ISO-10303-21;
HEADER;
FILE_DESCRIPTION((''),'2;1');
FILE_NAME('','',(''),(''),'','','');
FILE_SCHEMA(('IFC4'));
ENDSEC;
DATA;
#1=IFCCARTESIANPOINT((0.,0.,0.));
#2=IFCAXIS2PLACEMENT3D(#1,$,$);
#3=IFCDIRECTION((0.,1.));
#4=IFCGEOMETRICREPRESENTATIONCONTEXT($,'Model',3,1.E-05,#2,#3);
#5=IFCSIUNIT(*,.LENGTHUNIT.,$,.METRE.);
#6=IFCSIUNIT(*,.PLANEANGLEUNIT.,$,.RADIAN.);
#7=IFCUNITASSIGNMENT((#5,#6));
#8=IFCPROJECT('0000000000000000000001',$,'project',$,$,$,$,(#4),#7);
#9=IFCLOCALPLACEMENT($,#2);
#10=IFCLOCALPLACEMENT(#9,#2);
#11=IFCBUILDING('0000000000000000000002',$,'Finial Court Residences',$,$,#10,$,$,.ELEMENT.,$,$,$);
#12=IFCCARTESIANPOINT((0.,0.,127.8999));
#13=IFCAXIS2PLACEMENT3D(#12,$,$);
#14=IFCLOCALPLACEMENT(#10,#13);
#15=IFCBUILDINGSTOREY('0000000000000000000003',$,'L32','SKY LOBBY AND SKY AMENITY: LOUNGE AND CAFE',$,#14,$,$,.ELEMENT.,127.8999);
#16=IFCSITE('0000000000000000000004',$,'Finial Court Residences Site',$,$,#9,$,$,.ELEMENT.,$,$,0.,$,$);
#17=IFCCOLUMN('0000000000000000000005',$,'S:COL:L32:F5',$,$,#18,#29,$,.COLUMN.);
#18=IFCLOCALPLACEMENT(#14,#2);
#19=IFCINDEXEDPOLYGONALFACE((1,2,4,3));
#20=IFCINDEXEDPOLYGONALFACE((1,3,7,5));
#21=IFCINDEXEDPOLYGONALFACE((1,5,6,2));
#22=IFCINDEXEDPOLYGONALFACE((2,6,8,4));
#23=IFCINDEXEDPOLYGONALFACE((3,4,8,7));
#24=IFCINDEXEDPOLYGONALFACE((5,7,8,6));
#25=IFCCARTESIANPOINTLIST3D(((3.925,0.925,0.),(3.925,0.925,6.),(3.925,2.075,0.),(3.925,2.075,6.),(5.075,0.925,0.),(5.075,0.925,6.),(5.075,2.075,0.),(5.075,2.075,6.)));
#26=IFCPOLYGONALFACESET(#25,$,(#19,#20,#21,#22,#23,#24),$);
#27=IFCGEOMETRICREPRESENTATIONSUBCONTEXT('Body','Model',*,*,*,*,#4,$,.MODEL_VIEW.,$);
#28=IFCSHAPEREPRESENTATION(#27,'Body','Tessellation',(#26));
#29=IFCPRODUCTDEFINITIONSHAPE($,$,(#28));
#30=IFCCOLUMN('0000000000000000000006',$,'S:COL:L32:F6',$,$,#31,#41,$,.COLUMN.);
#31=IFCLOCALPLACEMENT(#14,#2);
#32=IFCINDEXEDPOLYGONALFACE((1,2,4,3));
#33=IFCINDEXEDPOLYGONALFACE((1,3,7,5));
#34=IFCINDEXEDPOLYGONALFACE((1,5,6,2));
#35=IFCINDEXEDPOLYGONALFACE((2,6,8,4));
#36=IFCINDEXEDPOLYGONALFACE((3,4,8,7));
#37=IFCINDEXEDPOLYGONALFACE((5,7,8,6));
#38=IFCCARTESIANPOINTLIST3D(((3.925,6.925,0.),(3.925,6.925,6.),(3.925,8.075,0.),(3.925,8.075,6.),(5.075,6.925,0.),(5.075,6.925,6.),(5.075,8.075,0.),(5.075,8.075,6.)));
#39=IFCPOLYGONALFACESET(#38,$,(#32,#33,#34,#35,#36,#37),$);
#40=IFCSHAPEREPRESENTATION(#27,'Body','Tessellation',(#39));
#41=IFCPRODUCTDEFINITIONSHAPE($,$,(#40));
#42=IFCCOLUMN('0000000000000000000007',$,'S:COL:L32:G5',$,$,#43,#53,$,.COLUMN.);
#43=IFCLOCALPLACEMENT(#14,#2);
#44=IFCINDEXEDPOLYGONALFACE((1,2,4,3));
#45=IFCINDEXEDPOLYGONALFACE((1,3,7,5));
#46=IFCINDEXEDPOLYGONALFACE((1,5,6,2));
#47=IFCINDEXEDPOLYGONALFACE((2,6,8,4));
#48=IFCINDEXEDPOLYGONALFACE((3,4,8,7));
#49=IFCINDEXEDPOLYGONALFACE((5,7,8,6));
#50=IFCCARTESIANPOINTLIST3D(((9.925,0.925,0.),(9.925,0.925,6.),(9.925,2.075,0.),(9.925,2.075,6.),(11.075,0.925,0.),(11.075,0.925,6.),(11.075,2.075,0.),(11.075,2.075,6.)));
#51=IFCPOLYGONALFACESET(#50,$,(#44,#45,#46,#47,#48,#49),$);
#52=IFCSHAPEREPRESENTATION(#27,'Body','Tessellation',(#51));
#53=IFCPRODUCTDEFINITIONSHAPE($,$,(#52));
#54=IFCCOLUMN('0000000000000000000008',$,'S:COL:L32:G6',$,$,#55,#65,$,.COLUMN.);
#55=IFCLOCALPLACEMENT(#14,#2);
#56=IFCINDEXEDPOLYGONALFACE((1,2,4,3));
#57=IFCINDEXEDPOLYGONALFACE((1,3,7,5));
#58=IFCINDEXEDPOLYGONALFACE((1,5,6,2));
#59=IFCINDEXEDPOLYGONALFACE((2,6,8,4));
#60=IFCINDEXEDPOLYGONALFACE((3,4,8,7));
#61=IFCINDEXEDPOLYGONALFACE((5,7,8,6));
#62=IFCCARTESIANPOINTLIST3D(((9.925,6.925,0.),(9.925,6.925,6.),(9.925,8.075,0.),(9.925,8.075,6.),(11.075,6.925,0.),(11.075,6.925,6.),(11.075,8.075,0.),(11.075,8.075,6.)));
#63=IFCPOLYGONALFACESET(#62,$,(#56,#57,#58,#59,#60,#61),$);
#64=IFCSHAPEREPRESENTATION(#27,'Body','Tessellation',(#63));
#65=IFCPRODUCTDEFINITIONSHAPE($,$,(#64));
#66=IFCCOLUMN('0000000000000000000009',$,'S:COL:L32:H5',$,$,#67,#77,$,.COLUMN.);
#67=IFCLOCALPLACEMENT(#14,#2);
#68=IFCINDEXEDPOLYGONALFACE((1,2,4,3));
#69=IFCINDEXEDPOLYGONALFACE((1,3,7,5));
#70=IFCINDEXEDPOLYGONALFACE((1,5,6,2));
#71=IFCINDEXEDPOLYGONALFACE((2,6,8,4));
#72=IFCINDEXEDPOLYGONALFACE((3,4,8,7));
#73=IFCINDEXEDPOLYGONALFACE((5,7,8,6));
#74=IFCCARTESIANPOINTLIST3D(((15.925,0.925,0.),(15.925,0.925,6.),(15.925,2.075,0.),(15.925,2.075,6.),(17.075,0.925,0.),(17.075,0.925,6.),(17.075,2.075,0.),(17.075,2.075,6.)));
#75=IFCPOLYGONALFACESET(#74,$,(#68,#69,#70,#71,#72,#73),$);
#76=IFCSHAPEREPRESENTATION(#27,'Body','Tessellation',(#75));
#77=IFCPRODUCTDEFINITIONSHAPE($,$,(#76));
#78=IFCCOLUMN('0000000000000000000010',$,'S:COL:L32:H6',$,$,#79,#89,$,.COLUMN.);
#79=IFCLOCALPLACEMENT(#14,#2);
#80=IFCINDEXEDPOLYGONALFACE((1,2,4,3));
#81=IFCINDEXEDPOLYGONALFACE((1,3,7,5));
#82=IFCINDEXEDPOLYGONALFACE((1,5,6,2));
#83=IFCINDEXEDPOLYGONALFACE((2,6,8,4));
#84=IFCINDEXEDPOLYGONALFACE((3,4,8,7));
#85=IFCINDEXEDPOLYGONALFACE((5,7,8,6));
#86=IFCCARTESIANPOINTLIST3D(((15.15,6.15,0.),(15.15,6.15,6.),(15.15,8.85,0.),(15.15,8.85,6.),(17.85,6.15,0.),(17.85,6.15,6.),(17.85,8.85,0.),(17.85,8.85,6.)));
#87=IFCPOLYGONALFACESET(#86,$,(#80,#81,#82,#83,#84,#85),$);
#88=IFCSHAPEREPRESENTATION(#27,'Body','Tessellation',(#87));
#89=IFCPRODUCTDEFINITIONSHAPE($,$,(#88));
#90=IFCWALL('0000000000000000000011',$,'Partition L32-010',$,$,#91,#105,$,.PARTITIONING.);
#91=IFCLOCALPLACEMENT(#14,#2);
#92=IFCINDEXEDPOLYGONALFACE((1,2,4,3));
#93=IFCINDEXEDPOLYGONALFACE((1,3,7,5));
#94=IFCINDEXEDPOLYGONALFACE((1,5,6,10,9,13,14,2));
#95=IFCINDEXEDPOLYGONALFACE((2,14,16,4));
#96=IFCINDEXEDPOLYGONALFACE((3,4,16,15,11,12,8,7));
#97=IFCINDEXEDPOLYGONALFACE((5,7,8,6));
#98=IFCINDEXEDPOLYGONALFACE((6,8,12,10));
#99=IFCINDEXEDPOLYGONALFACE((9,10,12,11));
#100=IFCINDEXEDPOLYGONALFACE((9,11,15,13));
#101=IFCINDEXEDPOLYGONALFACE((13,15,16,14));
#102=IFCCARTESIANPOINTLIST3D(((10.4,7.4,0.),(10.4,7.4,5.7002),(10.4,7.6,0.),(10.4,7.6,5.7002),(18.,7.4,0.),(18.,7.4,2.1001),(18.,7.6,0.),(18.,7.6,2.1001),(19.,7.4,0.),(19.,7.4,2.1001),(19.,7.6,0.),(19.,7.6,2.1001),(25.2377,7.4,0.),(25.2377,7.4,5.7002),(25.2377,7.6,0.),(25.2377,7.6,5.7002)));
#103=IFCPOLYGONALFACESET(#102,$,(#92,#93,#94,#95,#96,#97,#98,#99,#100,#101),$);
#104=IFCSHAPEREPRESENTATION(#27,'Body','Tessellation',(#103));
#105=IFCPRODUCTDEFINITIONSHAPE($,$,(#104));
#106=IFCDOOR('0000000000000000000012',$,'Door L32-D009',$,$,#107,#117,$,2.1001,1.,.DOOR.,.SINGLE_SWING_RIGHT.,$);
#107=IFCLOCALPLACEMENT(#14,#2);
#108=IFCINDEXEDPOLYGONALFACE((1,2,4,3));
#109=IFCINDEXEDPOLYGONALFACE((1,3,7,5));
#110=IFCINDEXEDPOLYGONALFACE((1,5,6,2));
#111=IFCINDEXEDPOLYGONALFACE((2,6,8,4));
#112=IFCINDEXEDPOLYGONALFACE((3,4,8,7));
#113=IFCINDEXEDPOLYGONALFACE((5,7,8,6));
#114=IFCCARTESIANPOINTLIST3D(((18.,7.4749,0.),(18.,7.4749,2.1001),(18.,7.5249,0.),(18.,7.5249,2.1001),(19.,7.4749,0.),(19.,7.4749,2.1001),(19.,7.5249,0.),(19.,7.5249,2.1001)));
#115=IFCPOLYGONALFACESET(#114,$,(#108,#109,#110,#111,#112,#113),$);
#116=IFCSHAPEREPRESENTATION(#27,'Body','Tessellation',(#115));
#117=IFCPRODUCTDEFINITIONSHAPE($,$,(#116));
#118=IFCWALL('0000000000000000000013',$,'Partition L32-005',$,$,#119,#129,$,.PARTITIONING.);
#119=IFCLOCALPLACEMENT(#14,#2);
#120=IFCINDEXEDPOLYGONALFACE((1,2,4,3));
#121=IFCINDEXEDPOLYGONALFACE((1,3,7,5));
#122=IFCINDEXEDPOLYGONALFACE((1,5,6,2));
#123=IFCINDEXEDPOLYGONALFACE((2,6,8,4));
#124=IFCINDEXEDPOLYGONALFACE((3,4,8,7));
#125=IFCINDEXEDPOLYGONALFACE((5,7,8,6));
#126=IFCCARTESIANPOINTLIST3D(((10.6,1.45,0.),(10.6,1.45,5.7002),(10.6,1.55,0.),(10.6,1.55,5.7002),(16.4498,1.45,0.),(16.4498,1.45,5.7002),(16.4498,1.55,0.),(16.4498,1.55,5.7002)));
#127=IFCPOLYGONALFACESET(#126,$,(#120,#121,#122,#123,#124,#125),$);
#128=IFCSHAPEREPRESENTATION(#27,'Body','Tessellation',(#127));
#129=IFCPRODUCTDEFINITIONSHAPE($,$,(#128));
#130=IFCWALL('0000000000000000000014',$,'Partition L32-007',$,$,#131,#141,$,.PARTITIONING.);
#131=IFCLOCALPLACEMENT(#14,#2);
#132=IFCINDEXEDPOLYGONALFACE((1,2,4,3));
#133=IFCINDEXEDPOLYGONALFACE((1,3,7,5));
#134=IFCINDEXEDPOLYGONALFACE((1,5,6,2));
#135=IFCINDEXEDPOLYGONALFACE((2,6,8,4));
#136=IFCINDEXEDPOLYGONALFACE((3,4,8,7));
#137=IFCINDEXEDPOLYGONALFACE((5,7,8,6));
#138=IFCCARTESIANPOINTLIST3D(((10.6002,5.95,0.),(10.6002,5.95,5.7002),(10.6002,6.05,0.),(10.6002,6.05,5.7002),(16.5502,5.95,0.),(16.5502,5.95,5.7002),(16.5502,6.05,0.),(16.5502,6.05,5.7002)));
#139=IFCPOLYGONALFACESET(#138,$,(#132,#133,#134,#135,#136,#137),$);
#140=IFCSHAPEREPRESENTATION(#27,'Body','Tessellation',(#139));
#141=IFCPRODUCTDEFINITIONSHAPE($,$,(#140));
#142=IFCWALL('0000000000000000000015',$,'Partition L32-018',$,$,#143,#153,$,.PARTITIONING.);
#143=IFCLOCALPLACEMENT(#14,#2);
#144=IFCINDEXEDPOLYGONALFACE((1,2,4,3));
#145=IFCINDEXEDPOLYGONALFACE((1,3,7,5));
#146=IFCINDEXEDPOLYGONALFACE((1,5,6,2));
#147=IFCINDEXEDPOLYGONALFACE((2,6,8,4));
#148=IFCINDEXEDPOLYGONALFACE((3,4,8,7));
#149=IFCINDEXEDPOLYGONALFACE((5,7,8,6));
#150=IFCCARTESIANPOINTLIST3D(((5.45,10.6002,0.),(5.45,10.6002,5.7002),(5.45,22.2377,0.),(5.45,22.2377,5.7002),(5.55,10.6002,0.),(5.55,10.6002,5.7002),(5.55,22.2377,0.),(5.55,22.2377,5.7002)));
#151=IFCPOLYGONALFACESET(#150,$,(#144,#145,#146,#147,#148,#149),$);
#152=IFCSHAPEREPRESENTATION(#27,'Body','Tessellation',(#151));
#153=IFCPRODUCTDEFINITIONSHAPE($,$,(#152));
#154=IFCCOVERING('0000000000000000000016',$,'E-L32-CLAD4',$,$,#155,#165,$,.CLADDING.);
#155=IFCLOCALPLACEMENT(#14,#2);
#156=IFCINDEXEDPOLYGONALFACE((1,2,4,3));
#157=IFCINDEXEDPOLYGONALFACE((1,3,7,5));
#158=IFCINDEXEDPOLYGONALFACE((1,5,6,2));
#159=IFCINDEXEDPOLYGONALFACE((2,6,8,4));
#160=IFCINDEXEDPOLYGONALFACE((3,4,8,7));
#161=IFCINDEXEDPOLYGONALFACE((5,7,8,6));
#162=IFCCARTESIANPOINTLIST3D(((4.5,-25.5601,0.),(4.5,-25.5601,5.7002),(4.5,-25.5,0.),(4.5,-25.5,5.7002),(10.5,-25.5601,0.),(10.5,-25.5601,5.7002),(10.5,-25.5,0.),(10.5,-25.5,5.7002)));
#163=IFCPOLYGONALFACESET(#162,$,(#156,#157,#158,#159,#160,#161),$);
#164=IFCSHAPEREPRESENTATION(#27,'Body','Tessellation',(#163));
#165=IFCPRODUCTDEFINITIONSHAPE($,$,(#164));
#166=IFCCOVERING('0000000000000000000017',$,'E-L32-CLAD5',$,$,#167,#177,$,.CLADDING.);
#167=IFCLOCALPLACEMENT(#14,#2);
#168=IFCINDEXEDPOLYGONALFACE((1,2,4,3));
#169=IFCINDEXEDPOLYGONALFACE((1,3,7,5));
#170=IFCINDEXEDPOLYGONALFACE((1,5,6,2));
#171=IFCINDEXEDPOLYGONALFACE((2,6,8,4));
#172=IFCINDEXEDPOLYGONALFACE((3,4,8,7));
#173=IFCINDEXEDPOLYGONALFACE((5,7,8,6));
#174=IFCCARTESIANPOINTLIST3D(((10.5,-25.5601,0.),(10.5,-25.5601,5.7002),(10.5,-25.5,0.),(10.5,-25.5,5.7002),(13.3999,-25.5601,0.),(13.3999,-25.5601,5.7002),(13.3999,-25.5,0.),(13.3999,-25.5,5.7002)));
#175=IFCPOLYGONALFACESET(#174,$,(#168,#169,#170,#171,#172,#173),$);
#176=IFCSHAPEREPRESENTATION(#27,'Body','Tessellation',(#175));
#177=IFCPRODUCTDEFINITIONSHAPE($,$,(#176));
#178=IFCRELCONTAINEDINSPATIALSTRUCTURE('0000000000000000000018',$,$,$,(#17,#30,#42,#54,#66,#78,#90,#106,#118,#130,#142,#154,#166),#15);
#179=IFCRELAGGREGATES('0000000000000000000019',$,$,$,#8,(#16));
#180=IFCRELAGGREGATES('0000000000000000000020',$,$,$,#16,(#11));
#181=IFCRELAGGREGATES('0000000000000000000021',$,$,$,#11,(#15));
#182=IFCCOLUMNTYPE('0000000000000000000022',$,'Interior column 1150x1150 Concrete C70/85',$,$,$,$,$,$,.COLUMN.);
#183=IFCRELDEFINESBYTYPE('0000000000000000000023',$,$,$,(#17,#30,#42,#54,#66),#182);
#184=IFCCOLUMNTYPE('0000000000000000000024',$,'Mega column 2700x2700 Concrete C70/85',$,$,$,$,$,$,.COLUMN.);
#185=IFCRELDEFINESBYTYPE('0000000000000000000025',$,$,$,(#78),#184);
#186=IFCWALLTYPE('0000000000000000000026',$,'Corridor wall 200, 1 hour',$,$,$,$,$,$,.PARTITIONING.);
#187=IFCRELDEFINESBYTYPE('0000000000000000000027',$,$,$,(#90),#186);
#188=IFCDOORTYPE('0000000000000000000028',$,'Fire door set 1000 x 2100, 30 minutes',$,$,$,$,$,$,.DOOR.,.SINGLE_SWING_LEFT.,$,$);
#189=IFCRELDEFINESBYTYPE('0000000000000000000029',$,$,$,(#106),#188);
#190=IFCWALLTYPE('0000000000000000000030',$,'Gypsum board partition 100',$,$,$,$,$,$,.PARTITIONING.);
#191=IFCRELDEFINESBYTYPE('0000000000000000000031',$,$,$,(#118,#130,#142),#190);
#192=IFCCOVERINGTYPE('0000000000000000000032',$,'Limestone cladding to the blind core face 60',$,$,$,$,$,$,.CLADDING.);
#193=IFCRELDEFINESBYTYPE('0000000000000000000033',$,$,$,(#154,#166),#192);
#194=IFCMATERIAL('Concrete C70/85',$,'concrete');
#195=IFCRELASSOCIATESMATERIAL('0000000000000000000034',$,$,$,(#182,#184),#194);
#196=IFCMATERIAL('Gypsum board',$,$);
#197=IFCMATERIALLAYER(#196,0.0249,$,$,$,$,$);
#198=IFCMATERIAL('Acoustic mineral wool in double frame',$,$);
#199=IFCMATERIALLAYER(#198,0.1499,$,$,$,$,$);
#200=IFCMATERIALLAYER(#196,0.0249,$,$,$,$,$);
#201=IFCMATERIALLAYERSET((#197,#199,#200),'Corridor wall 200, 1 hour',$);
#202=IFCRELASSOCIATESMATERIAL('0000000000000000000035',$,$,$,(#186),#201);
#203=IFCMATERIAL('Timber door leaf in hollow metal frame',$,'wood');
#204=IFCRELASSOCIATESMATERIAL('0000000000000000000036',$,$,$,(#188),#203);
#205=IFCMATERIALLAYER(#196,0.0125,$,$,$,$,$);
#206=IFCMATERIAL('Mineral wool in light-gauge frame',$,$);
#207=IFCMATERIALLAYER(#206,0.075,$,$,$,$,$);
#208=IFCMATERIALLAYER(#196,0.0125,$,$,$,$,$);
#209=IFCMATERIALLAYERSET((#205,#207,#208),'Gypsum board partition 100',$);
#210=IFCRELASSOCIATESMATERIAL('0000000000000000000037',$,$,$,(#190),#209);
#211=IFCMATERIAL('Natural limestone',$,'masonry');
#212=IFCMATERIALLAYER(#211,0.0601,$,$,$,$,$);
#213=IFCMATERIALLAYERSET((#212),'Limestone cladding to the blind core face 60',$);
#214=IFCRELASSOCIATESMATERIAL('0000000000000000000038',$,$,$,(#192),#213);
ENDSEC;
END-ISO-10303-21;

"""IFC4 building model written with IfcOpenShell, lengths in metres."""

from ifc_helpers import new_model, si_unit, direction, frame, frame_2d, origin, origin_2d, place, context, subcontext, project, spatial, polyline, rectangle, outline, extrude, material, layer, layer_set, material_profile, profile_set, type_object, element, fill, save


model = new_model("IFC4")

# Units and contexts
model_context = context("Model", 3, precision=1e-05, world=origin(), true_north=direction((0.0, 1.0)))
body_context = subcontext(model_context, "Body", "Model", "MODEL_VIEW")
ifc_project = project(units=[si_unit("LENGTHUNIT", "METRE"), si_unit("PLANEANGLEUNIT", "RADIAN")], contexts=[model_context])

# Site, building, storey
site_placement = place(None, origin())
site = spatial("IfcSite", under=ifc_project, at=site_placement, Name="Finial Court Residences Site", CompositionType="ELEMENT", RefElevation=0.0)
building_placement = place(site_placement, origin())
building = spatial("IfcBuilding", under=site, at=building_placement, Name="Finial Court Residences", CompositionType="ELEMENT")
storey_placement = place(building_placement, frame((0.0, 0.0, 127.8999)))
storey = spatial("IfcBuildingStorey", under=building, at=storey_placement, Name="L32", Description="SKY LOBBY AND SKY AMENITY: LOUNGE AND CAFE", CompositionType="ELEMENT", Elevation=127.8999)

# Columns
ifc_material_1 = material(Name="Concrete C70/85", Category="concrete")
ifc_material_profile_1 = material_profile(ifc_material_1, rectangle(XDim=1.1499, YDim=1.1499, at=origin_2d()), Name="1150x1150")
ifc_profile_set_1 = profile_set([ifc_material_profile_1], Name="Concrete C70/85")
column_type_1 = type_object("IfcColumnType", Name="Interior column 1150x1150 Concrete C70/85", PredefinedType="COLUMN", material=ifc_profile_set_1)
for number, where, z_axis, x_axis, name in (
    (1, (4.5, 1.5, 0.0), (0.0, 0.0, 1.0), (1.0, 0.0, 0.0), "S:COL:L32:F5"),
    (2, (4.5, 7.5, 0.0), (0.0, 0.0, 1.0), (1.0, 0.0, 0.0), "S:COL:L32:F6"),
    (3, (10.5, 1.5, 0.0), (0.0, 0.0, 1.0), (1.0, 0.0, 0.0), "S:COL:L32:G5"),
    (4, (10.5, 7.5, 0.0), (0.0, 0.0, 1.0), (1.0, 0.0, 0.0), "S:COL:L32:G6"),
    (5, (16.5, 1.5, 0.0), (0.0, 0.0, 1.0), (1.0, 0.0, 0.0), "S:COL:L32:H5"),
):
    element("IfcColumn", number, at=place(storey_placement, frame(where, z_axis=z_axis, x_axis=x_axis)), inside=storey, type_object=column_type_1, Name=name, PredefinedType="COLUMN", context=body_context, shape_type="SweptSolid", body=[
        extrude(rectangle(XDim=1.1499, YDim=1.1499, at=origin_2d()), origin(), (0.0, 0.0, 1.0), 6.0),
    ])
ifc_material_profile_2 = material_profile(ifc_material_1, rectangle(XDim=2.7, YDim=2.7, at=origin_2d()), Name="2700x2700")
ifc_profile_set_2 = profile_set([ifc_material_profile_2], Name="Concrete C70/85")
column_type_2 = type_object("IfcColumnType", Name="Mega column 2700x2700 Concrete C70/85", PredefinedType="COLUMN", material=ifc_profile_set_2)
column_placement = place(storey_placement, frame((16.5, 7.5, 0.0), z_axis=(0.0, 0.0, 1.0), x_axis=(1.0, 0.0, 0.0)))
element("IfcColumn", 6, at=column_placement, inside=storey, type_object=column_type_2, Name="S:COL:L32:H6", PredefinedType="COLUMN", context=body_context, shape_type="SweptSolid", body=[
    extrude(rectangle(XDim=2.7, YDim=2.7, at=origin_2d()), origin(), (0.0, 0.0, 1.0), 6.0),
])

# Wall, opening, door
ifc_material_2 = material(Name="Gypsum board")
ifc_layer_1 = layer(ifc_material_2, 0.0249)
ifc_material_3 = material(Name="Acoustic mineral wool in double frame")
ifc_layer_2 = layer(ifc_material_3, 0.1499)
ifc_layer_3 = layer(ifc_material_2, 0.0249)
ifc_layer_set_1 = layer_set([ifc_layer_1, ifc_layer_2, ifc_layer_3], Name="Corridor wall 200, 1 hour")
wall_type_1 = type_object("IfcWallType", Name="Corridor wall 200, 1 hour", PredefinedType="PARTITIONING", material=ifc_layer_set_1)
wall_1_placement = place(storey_placement, frame((10.3999, 7.5, 0.0), z_axis=(0.0, 0.0, 1.0), x_axis=(1.0, 0.0, 0.0)))
wall_1 = element("IfcWall", 7, at=wall_1_placement, inside=storey, type_object=wall_type_1, Name="Partition L32-010", PredefinedType="PARTITIONING", context=body_context, shape_type="SweptSolid", body=[
    extrude(rectangle(XDim=14.8376, YDim=0.2, at=frame_2d((7.4189, 0.0))), origin(), (0.0, 0.0, 1.0), 5.7002),
])
opening_placement = place(wall_1_placement, frame((7.6001, 0.0, 0.0)))
opening = element("IfcOpeningElement", 8, at=opening_placement, cuts=wall_1, PredefinedType="OPENING", context=body_context, shape_type="SweptSolid", body=[
    extrude(rectangle(XDim=1.0, YDim=2.1001, at=frame_2d((0.5, 1.05))), frame((0.0, 0.1099, 0.0), z_axis=(0.0, -1.0, 0.0), x_axis=(1.0, 0.0, 0.0)), (0.0, 0.0, 1.0), 0.22),
])
ifc_material_4 = material(Name="Timber door leaf in hollow metal frame", Category="wood")
door_type = type_object("IfcDoorType", Name="Fire door set 1000 x 2100, 30 minutes", OperationType="SINGLE_SWING_LEFT", PredefinedType="DOOR", material=ifc_material_4)
door_placement = place(opening_placement, origin())
door = element("IfcDoor", 9, at=door_placement, inside=storey, type_object=door_type, Name="Door L32-D009", OperationType="SINGLE_SWING_RIGHT", OverallHeight=2.1001, OverallWidth=1.0, PredefinedType="DOOR", context=body_context, shape_type="SweptSolid", body=[
    extrude(rectangle(XDim=1.0, YDim=2.1001, at=frame_2d((0.5, 1.05))), frame((0.0, 0.0249, 0.0), z_axis=(0.0, -1.0, 0.0), x_axis=(1.0, 0.0, 0.0)), (0.0, 0.0, 1.0), 0.05),
])
fill(opening, door)

# Walls
ifc_layer_4 = layer(ifc_material_2, 0.0125)
ifc_material_5 = material(Name="Mineral wool in light-gauge frame")
ifc_layer_5 = layer(ifc_material_5, 0.075)
ifc_layer_6 = layer(ifc_material_2, 0.0125)
ifc_layer_set_2 = layer_set([ifc_layer_4, ifc_layer_5, ifc_layer_6], Name="Gypsum board partition 100")
wall_type_2 = type_object("IfcWallType", Name="Gypsum board partition 100", PredefinedType="PARTITIONING", material=ifc_layer_set_2)
wall_2_placement = place(storey_placement, frame((10.6001, 1.5, 0.0), z_axis=(0.0, 0.0, 1.0), x_axis=(1.0, 0.0, 0.0)))
element("IfcWall", 10, at=wall_2_placement, inside=storey, type_object=wall_type_2, Name="Partition L32-005", PredefinedType="PARTITIONING", context=body_context, shape_type="SweptSolid", body=[
    extrude(rectangle(XDim=5.8499, YDim=0.1001, at=frame_2d((2.9248, 0.0))), origin(), (0.0, 0.0, 1.0), 5.7002),
])
wall_3_placement = place(storey_placement, frame((10.6001, 6.0, 0.0), z_axis=(0.0, 0.0, 1.0), x_axis=(1.0, 0.0, 0.0)))
element("IfcWall", 11, at=wall_3_placement, inside=storey, type_object=wall_type_2, Name="Partition L32-007", PredefinedType="PARTITIONING", context=body_context, shape_type="SweptSolid", body=[
    extrude(rectangle(XDim=5.95, YDim=0.1001, at=frame_2d((2.9751, 0.0))), origin(), (0.0, 0.0, 1.0), 5.7002),
])
wall_4_placement = place(storey_placement, frame((5.5, 10.6001, 0.0), z_axis=(0.0, 0.0, 1.0), x_axis=(0.0, 1.0, 0.0)))
element("IfcWall", 12, at=wall_4_placement, inside=storey, type_object=wall_type_2, Name="Partition L32-018", PredefinedType="PARTITIONING", context=body_context, shape_type="SweptSolid", body=[
    extrude(rectangle(XDim=11.6375, YDim=0.1001, at=frame_2d((5.8188, 0.0))), origin(), (0.0, 0.0, 1.0), 5.7002),
])

# Coverings
ifc_material_6 = material(Name="Natural limestone", Category="masonry")
ifc_layer_7 = layer(ifc_material_6, 0.0601)
ifc_layer_set_3 = layer_set([ifc_layer_7], Name="Limestone cladding to the blind core face 60")
covering_type_1 = type_object("IfcCoveringType", Name="Limestone cladding to the blind core face 60", PredefinedType="CLADDING", material=ifc_layer_set_3)
covering_1_placement = place(storey_placement, origin())
element("IfcCovering", 13, at=covering_1_placement, inside=storey, type_object=covering_type_1, Name="E-L32-CLAD4", PredefinedType="CLADDING", context=body_context, shape_type="SweptSolid", body=[
    extrude(outline(polyline([(10.5, -25.5601), (10.5, -25.5), (4.5, -25.5), (4.5, -25.5601), (10.5, -25.5601)])), origin(), (0.0, 0.0, 1.0), 5.7002),
])
covering_2_placement = place(storey_placement, origin())
element("IfcCovering", 14, at=covering_2_placement, inside=storey, type_object=covering_type_1, Name="E-L32-CLAD5", PredefinedType="CLADDING", context=body_context, shape_type="SweptSolid", body=[
    extrude(outline(polyline([(13.3999, -25.5601), (13.3999, -25.5), (10.5, -25.5), (10.5, -25.5601), (13.3999, -25.5601)])), origin(), (0.0, 0.0, 1.0), 5.7002),
])

save(model, "model.ifc")
